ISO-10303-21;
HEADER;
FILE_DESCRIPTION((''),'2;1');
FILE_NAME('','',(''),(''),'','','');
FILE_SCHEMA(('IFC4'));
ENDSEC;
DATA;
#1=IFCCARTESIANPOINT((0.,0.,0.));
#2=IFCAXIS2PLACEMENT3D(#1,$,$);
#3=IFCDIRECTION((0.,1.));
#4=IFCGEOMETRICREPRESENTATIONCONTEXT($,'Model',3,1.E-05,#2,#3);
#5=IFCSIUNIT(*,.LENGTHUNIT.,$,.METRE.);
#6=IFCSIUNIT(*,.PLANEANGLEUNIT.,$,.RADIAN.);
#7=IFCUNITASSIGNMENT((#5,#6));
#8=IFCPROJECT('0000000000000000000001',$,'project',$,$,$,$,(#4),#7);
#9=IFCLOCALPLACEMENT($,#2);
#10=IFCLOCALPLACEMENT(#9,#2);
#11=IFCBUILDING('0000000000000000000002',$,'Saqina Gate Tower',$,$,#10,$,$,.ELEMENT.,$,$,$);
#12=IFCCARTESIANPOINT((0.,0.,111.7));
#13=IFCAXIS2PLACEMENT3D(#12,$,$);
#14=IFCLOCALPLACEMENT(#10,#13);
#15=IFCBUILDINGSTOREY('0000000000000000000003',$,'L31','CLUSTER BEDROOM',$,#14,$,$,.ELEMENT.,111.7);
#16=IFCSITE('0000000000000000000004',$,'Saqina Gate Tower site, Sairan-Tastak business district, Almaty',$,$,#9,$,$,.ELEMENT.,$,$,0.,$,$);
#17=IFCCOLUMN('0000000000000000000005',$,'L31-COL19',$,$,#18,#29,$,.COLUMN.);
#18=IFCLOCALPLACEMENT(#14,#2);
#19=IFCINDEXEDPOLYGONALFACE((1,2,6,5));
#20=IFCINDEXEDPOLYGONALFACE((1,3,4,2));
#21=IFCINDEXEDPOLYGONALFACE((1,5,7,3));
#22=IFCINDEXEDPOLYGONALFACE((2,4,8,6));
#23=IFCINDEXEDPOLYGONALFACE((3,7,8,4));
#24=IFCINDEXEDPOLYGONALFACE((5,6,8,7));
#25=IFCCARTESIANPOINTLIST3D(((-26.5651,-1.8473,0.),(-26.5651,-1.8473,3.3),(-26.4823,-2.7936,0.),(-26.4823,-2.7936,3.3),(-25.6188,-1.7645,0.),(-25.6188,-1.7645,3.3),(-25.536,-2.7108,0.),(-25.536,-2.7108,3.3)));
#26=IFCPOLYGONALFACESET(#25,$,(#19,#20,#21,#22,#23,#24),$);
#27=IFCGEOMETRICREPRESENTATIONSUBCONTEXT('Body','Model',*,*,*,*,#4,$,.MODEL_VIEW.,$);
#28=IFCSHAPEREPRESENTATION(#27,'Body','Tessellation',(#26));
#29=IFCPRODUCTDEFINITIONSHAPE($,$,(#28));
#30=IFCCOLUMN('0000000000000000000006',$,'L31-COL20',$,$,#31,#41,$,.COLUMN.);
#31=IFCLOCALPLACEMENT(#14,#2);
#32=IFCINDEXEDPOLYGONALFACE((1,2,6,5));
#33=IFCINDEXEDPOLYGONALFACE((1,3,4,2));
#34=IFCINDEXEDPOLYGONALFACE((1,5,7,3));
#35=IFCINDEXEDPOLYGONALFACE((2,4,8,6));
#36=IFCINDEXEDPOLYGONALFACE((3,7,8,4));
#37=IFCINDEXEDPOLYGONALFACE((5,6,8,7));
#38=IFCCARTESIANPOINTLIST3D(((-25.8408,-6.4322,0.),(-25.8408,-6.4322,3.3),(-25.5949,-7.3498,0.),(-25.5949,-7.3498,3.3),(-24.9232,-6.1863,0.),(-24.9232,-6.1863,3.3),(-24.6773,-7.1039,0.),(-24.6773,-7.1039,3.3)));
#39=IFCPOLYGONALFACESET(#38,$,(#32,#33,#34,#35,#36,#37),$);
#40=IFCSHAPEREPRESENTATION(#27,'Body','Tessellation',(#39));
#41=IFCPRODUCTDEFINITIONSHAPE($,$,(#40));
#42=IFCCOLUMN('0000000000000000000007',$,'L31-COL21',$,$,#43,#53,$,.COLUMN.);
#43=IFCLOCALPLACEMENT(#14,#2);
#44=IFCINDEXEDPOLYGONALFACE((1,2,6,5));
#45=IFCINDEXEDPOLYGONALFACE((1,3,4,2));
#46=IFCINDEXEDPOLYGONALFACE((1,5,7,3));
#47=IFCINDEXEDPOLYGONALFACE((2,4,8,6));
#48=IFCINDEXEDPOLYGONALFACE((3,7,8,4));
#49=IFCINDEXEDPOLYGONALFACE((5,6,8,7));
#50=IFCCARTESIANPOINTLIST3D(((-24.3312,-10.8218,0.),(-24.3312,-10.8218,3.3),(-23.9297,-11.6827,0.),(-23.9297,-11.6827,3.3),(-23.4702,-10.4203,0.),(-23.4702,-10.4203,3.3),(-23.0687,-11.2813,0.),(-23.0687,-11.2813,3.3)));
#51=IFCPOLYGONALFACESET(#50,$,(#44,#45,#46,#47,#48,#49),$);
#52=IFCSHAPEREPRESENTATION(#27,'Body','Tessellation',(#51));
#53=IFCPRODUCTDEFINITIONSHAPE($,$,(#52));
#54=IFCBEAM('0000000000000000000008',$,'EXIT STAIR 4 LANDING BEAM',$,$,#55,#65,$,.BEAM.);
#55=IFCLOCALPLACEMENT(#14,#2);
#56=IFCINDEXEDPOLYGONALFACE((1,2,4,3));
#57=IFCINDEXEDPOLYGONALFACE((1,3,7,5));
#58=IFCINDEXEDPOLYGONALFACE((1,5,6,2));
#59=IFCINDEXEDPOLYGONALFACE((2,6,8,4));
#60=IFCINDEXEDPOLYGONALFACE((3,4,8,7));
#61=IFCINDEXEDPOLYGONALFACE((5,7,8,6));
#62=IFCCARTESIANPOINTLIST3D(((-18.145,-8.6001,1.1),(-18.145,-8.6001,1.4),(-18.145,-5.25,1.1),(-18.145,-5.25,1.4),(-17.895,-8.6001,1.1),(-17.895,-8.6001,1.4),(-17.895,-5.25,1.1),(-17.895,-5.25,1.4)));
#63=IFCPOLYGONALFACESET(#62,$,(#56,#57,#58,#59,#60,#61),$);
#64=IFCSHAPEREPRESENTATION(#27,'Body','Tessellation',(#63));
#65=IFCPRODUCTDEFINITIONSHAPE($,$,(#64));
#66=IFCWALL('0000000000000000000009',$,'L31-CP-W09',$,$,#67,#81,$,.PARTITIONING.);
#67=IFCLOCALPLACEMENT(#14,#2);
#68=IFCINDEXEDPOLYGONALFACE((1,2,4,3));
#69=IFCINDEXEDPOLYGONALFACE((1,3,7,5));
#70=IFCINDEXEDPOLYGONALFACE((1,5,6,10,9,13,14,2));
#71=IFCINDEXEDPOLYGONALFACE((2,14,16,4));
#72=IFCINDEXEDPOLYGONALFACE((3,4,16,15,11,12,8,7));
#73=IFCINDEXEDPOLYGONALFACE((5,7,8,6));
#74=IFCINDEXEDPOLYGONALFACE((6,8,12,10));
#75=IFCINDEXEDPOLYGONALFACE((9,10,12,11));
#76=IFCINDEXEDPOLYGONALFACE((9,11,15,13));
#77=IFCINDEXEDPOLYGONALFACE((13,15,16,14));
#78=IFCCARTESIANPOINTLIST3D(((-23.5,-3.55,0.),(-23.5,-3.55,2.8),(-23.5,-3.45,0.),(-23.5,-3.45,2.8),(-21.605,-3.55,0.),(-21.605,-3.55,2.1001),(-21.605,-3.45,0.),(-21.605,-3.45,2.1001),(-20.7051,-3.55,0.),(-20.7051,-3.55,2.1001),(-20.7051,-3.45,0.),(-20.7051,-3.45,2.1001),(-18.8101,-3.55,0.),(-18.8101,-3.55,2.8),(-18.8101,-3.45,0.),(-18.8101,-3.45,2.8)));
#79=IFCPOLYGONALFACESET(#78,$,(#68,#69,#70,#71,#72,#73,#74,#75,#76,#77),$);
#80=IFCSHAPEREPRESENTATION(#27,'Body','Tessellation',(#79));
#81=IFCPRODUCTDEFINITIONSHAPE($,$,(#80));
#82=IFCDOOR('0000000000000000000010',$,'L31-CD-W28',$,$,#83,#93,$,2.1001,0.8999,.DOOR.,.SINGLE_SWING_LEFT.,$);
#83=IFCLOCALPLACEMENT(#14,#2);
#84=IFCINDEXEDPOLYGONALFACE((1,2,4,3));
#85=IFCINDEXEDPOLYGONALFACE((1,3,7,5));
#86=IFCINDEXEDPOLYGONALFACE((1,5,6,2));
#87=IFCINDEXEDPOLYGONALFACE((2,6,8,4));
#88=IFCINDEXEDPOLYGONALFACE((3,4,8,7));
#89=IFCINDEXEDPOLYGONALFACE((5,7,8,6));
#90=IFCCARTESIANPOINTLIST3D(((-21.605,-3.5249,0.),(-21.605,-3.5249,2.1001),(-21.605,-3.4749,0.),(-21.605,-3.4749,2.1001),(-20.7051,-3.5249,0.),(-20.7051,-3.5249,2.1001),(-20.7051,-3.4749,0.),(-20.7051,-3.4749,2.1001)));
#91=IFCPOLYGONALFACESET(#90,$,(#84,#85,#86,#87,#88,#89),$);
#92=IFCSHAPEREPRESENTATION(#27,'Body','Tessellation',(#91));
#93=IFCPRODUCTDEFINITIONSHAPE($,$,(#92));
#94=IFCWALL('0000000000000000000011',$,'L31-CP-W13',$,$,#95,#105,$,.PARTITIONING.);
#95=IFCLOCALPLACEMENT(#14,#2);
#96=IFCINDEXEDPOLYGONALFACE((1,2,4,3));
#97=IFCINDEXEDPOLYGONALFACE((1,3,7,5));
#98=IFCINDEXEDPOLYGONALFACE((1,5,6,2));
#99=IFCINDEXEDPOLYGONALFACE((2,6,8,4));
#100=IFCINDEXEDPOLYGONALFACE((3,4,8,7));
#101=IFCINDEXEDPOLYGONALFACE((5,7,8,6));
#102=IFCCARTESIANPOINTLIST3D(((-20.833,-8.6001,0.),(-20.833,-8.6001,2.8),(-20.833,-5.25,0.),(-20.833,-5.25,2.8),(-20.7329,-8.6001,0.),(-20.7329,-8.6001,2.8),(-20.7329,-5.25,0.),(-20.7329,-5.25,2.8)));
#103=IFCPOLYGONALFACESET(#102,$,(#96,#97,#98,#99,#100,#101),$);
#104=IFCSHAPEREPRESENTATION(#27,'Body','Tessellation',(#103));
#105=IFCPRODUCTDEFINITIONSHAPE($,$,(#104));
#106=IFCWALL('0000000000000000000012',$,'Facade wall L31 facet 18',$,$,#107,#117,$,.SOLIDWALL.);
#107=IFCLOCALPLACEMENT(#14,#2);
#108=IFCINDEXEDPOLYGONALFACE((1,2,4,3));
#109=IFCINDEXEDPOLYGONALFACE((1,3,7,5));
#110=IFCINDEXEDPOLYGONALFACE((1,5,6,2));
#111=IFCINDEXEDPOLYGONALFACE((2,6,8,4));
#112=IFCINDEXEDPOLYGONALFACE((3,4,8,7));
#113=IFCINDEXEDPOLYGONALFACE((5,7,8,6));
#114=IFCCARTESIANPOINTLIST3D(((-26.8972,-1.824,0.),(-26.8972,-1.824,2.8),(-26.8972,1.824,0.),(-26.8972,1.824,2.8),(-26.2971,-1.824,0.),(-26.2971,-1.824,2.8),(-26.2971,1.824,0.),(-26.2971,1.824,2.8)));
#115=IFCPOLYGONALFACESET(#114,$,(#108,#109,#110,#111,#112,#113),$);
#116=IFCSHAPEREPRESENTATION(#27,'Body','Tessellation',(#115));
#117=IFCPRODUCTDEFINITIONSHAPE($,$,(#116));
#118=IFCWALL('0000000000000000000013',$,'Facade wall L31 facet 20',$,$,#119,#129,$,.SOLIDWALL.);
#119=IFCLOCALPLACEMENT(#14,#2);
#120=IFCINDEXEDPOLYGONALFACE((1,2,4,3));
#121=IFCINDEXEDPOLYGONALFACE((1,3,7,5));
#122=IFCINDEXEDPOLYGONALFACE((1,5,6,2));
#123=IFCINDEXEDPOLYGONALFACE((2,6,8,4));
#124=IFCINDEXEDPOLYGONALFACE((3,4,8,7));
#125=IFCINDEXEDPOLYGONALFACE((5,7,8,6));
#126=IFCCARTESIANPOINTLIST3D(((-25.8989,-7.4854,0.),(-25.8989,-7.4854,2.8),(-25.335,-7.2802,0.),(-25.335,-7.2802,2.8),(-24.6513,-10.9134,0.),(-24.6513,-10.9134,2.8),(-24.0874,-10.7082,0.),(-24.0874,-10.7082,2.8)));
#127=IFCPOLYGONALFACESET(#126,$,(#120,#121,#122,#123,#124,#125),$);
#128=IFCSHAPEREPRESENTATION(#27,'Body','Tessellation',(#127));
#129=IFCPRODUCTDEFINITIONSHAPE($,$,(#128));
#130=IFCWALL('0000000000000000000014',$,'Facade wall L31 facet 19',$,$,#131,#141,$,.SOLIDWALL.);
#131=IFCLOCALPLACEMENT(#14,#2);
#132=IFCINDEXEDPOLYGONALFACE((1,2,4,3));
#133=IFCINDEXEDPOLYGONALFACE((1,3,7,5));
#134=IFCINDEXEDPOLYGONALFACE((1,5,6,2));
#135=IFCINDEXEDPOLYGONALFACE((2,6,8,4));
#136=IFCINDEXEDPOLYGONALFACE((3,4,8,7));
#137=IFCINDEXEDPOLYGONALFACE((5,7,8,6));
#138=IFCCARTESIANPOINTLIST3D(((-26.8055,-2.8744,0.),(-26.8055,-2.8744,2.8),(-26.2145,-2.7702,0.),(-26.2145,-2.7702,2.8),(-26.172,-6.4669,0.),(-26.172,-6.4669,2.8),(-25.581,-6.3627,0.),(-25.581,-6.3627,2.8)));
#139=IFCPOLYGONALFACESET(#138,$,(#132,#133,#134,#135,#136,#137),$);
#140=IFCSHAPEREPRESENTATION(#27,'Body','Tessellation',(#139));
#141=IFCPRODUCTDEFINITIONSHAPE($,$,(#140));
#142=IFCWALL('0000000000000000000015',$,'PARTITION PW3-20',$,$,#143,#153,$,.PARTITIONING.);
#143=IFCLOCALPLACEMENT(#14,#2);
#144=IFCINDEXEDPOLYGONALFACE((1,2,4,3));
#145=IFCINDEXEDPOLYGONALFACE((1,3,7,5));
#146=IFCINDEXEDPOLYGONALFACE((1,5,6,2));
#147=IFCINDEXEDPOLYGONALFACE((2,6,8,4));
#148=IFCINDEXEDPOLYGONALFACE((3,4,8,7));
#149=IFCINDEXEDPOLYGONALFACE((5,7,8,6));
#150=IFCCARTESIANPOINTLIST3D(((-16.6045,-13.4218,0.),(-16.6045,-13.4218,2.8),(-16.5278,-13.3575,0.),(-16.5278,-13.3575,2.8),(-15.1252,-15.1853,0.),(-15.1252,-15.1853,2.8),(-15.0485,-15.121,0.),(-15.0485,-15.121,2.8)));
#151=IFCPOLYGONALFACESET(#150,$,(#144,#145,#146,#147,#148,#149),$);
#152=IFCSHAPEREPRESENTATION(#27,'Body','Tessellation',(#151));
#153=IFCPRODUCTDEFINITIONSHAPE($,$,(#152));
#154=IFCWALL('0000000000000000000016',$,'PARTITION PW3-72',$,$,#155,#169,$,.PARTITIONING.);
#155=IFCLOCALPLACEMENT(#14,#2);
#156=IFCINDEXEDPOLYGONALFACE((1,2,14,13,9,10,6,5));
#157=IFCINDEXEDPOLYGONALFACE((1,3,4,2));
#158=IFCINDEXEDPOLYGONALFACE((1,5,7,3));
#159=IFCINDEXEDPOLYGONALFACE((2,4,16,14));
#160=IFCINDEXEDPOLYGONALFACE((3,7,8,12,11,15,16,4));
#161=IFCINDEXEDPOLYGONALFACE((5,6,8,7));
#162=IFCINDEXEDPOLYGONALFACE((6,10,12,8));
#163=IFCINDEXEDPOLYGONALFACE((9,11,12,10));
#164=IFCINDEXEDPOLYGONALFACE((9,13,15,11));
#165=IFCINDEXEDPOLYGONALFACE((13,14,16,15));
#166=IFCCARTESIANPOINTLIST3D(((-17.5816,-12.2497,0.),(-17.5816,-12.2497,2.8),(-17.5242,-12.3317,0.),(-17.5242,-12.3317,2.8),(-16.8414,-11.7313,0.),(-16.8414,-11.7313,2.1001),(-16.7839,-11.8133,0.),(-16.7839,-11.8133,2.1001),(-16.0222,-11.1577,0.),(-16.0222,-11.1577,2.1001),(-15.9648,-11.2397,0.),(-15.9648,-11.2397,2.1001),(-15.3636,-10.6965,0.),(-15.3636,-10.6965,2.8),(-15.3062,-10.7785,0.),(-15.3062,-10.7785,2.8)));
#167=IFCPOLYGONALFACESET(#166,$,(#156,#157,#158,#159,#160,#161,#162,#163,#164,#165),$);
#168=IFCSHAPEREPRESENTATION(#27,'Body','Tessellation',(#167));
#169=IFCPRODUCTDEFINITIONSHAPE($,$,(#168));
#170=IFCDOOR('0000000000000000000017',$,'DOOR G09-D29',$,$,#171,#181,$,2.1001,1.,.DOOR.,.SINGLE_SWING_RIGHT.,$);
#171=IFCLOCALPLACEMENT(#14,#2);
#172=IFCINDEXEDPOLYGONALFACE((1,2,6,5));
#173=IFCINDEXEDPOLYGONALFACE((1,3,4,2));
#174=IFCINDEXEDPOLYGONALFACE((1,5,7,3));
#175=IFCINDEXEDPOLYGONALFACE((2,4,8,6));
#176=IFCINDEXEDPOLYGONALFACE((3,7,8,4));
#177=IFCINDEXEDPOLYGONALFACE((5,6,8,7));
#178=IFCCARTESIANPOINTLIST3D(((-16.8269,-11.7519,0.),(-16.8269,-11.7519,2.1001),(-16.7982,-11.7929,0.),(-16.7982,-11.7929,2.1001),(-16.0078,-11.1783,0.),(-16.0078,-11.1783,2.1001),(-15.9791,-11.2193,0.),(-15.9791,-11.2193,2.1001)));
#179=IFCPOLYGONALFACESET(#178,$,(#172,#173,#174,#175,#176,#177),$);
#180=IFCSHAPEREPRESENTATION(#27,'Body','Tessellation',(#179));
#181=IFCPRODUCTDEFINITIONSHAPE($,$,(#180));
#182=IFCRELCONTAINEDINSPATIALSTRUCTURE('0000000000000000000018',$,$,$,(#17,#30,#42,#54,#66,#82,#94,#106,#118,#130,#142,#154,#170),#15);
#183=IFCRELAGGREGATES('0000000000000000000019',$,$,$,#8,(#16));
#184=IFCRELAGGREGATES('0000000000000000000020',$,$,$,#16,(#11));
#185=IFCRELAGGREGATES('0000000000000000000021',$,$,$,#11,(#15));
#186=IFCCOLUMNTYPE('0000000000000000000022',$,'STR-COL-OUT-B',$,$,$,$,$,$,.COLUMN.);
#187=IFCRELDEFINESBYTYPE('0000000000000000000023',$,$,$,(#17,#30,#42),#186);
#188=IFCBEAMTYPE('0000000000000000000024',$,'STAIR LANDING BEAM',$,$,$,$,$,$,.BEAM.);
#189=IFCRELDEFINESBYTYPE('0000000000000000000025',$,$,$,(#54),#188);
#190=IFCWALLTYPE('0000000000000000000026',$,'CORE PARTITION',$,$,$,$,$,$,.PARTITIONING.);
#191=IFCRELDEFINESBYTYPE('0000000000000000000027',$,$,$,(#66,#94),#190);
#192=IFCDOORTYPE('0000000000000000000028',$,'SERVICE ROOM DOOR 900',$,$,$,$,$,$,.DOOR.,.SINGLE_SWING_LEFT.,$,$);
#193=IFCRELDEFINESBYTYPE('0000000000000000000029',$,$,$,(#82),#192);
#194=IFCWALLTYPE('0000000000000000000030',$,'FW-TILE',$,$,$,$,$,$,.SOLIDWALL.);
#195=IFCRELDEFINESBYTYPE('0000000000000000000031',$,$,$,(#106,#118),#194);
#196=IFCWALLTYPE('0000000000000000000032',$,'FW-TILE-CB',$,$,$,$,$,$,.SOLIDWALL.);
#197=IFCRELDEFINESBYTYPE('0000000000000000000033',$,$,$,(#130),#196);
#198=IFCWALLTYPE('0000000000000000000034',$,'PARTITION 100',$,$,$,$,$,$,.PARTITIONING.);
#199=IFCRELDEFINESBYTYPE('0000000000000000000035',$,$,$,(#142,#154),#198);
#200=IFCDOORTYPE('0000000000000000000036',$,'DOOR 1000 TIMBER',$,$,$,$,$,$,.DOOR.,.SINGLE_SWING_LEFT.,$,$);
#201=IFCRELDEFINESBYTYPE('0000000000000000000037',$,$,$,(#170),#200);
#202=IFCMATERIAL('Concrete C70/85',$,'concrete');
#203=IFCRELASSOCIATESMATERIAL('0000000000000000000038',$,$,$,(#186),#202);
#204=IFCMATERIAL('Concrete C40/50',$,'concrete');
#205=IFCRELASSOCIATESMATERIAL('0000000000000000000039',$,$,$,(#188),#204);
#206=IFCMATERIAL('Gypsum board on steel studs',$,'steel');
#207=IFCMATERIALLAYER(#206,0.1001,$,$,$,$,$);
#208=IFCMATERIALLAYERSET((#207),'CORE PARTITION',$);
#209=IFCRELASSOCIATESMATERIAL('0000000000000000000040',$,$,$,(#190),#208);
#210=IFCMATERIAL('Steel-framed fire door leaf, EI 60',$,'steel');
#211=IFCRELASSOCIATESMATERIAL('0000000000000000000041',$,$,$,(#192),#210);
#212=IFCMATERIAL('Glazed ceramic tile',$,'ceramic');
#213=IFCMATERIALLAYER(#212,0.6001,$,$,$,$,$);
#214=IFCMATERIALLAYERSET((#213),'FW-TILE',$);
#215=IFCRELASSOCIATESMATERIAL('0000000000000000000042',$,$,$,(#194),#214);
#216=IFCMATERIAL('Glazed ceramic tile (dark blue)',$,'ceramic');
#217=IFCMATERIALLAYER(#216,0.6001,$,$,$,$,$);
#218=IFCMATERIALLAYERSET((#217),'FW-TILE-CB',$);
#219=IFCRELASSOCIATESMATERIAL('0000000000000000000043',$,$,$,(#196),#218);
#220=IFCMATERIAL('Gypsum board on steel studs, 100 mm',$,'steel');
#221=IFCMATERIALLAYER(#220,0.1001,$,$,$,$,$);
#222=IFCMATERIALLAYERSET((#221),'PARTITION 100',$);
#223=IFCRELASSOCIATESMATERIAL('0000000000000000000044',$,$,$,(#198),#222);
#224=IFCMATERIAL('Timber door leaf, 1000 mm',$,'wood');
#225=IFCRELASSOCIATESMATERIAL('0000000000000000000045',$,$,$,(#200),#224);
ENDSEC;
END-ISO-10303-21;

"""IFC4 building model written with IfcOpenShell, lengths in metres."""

from ifc_helpers import new_model, si_unit, direction, frame, frame_2d, origin, origin_2d, place, context, subcontext, project, spatial, rectangle, extrude, material, layer, layer_set, material_profile, profile_set, type_object, element, fill, save


model = new_model("IFC4")

# Units and contexts
model_context = context("Model", 3, precision=1e-05, world=origin(), true_north=direction((0.0, 1.0)))
body_context = subcontext(model_context, "Body", "Model", "MODEL_VIEW")
ifc_project = project(units=[si_unit("LENGTHUNIT", "METRE"), si_unit("PLANEANGLEUNIT", "RADIAN")], contexts=[model_context])

# Site, building, storey
site_placement = place(None, origin())
site = spatial("IfcSite", under=ifc_project, at=site_placement, Name="Saqina Gate Tower site, Sairan-Tastak business district, Almaty", CompositionType="ELEMENT", RefElevation=0.0)
building_placement = place(site_placement, origin())
building = spatial("IfcBuilding", under=site, at=building_placement, Name="Saqina Gate Tower", CompositionType="ELEMENT")
storey_placement = place(building_placement, frame((0.0, 0.0, 111.7)))
storey = spatial("IfcBuildingStorey", under=building, at=storey_placement, Name="L31", Description="CLUSTER BEDROOM", CompositionType="ELEMENT", Elevation=111.7)

# Columns
ifc_material_1 = material(Name="Concrete C70/85", Category="concrete")
ifc_material_profile_1 = material_profile(ifc_material_1, rectangle(XDim=0.95, YDim=0.95, at=origin_2d()), Name="RC 950x950")
ifc_profile_set_1 = profile_set([ifc_material_profile_1], Name="Concrete C70/85")
column_type = type_object("IfcColumnType", Name="STR-COL-OUT-B", PredefinedType="COLUMN", material=ifc_profile_set_1)
for number, where, z_axis, x_axis, name in (
    (1, (-26.0505, -2.2791, 0.0), (0.0, 0.0, 1.0), (-0.996195, -0.087156, 0.0), "L31-COL19"),
    (2, (-25.259, -6.7681, 0.0), (0.0, 0.0, 1.0), (-0.965926, -0.258819, 0.0), "L31-COL20"),
    (3, (-23.7, -11.0515, 0.0), (0.0, 0.0, 1.0), (-0.906308, -0.422618, 0.0), "L31-COL21"),
):
    element("IfcColumn", number, at=place(storey_placement, frame(where, z_axis=z_axis, x_axis=x_axis)), inside=storey, type_object=column_type, Name=name, PredefinedType="COLUMN", context=body_context, shape_type="SweptSolid", body=[
        extrude(rectangle(XDim=0.95, YDim=0.95, at=origin_2d()), origin(), (0.0, 0.0, 1.0), 3.3),
    ])

# Beam
ifc_material_2 = material(Name="Concrete C40/50", Category="concrete")
ifc_material_profile_2 = material_profile(ifc_material_2, rectangle(XDim=0.25, YDim=0.3, at=origin_2d()), Name="STAIR LANDING BEAM")
ifc_profile_set_2 = profile_set([ifc_material_profile_2], Name="Concrete C40/50")
beam_type = type_object("IfcBeamType", Name="STAIR LANDING BEAM", PredefinedType="BEAM", material=ifc_profile_set_2)
beam_placement = place(storey_placement, frame((-18.02, -8.6001, 1.25), z_axis=(0.0, 1.0, 0.0), x_axis=(-1.0, 0.0, 0.0)))
element("IfcBeam", 4, at=beam_placement, inside=storey, type_object=beam_type, Name="EXIT STAIR 4 LANDING BEAM", PredefinedType="BEAM", context=body_context, shape_type="SweptSolid", body=[
    extrude(rectangle(XDim=0.25, YDim=0.3, at=origin_2d()), origin(), (0.0, 0.0, 1.0), 3.3501),
])

# Wall, opening, door
ifc_material_3 = material(Name="Gypsum board on steel studs", Category="steel")
ifc_layer_1 = layer(ifc_material_3, 0.1001)
ifc_layer_set_1 = layer_set([ifc_layer_1], Name="CORE PARTITION")
wall_type_1 = type_object("IfcWallType", Name="CORE PARTITION", PredefinedType="PARTITIONING", material=ifc_layer_set_1)
wall_1_placement = place(storey_placement, frame((-18.8101, -3.5, 0.0), z_axis=(0.0, 0.0, 1.0), x_axis=(-1.0, 0.0, 0.0)))
wall_1 = element("IfcWall", 5, at=wall_1_placement, inside=storey, type_object=wall_type_1, Name="L31-CP-W09", PredefinedType="PARTITIONING", context=body_context, shape_type="SweptSolid", body=[
    extrude(rectangle(XDim=4.6899, YDim=0.1001, at=frame_2d((2.345, 0.0))), origin(), (0.0, 0.0, 1.0), 2.8),
])
opening_1_placement = place(wall_1_placement, frame((1.895, 0.0, 0.0)))
opening_1 = element("IfcOpeningElement", 6, at=opening_1_placement, cuts=wall_1, PredefinedType="OPENING", context=body_context, shape_type="SweptSolid", body=[
    extrude(rectangle(XDim=0.8999, YDim=2.1001, at=frame_2d((0.45, 1.05))), frame((0.0, 0.062, 0.0), z_axis=(0.0, -1.0, 0.0), x_axis=(1.0, 0.0, 0.0)), (0.0, 0.0, 1.0), 0.124),
])
ifc_material_4 = material(Name="Steel-framed fire door leaf, EI 60", Category="steel")
door_type_1 = type_object("IfcDoorType", Name="SERVICE ROOM DOOR 900", OperationType="SINGLE_SWING_LEFT", PredefinedType="DOOR", material=ifc_material_4)
door_1_placement = place(opening_1_placement, origin())
door_1 = element("IfcDoor", 7, at=door_1_placement, inside=storey, type_object=door_type_1, Name="L31-CD-W28", OperationType="SINGLE_SWING_LEFT", OverallHeight=2.1001, OverallWidth=0.8999, PredefinedType="DOOR", context=body_context, shape_type="SweptSolid", body=[
    extrude(rectangle(XDim=0.8999, YDim=2.1001, at=frame_2d((0.45, 1.05))), frame((0.0, 0.0249, 0.0), z_axis=(0.0, -1.0, 0.0), x_axis=(1.0, 0.0, 0.0)), (0.0, 0.0, 1.0), 0.05),
])
fill(opening_1, door_1)

# Wall
wall_2_placement = place(storey_placement, frame((-20.783, -8.6001, 0.0), z_axis=(0.0, 0.0, 1.0), x_axis=(0.0, 1.0, 0.0)))
element("IfcWall", 8, at=wall_2_placement, inside=storey, type_object=wall_type_1, Name="L31-CP-W13", PredefinedType="PARTITIONING", context=body_context, shape_type="SweptSolid", body=[
    extrude(rectangle(XDim=3.3501, YDim=0.1001, at=frame_2d((1.675, 0.0))), origin(), (0.0, 0.0, 1.0), 2.8),
])

# Walls
ifc_material_5 = material(Name="Glazed ceramic tile", Category="ceramic")
ifc_layer_2 = layer(ifc_material_5, 0.6001)
ifc_layer_set_2 = layer_set([ifc_layer_2], Name="FW-TILE")
wall_type_2 = type_object("IfcWallType", Name="FW-TILE", PredefinedType="SOLIDWALL", material=ifc_layer_set_2)
for number, where, z_axis, x_axis, name in (
    (9, (-26.5972, 1.824, 0.0), (0.0, 0.0, 1.0), (0.0, -1.0, 0.0), "Facade wall L31 facet 18"),
    (10, (-25.6169, -7.3828, 0.0), (0.0, 0.0, 1.0), (0.34199, -0.939704, 0.0), "Facade wall L31 facet 20"),
):
    element("IfcWall", number, at=place(storey_placement, frame(where, z_axis=z_axis, x_axis=x_axis)), inside=storey, type_object=wall_type_2, Name=name, PredefinedType="SOLIDWALL", context=body_context, shape_type="SweptSolid", body=[
        extrude(rectangle(XDim=3.6479, YDim=0.6001, at=frame_2d((1.824, 0.0))), origin(), (0.0, 0.0, 1.0), 2.8),
    ])
ifc_material_6 = material(Name="Glazed ceramic tile (dark blue)", Category="ceramic")
ifc_layer_3 = layer(ifc_material_6, 0.6001)
ifc_layer_set_3 = layer_set([ifc_layer_3], Name="FW-TILE-CB")
wall_type_3 = type_object("IfcWallType", Name="FW-TILE-CB", PredefinedType="SOLIDWALL", material=ifc_layer_set_3)
wall_3_placement = place(storey_placement, frame((-26.51, -2.8223, 0.0), z_axis=(0.0, 0.0, 1.0), x_axis=(0.173671, -0.984804, 0.0)))
element("IfcWall", 11, at=wall_3_placement, inside=storey, type_object=wall_type_3, Name="Facade wall L31 facet 19", PredefinedType="SOLIDWALL", context=body_context, shape_type="SweptSolid", body=[
    extrude(rectangle(XDim=3.6479, YDim=0.6001, at=frame_2d((1.824, 0.0))), origin(), (0.0, 0.0, 1.0), 2.8),
])
ifc_material_7 = material(Name="Gypsum board on steel studs, 100 mm", Category="steel")
ifc_layer_4 = layer(ifc_material_7, 0.1001)
ifc_layer_set_4 = layer_set([ifc_layer_4], Name="PARTITION 100")
wall_type_4 = type_object("IfcWallType", Name="PARTITION 100", PredefinedType="PARTITIONING", material=ifc_layer_set_4)
wall_4_placement = place(storey_placement, frame((-16.5662, -13.3896, 0.0), z_axis=(0.0, 0.0, 1.0), x_axis=(0.642675, -0.766139, 0.0)))
element("IfcWall", 12, at=wall_4_placement, inside=storey, type_object=wall_type_4, Name="PARTITION PW3-20", PredefinedType="PARTITIONING", context=body_context, shape_type="SweptSolid", body=[
    extrude(rectangle(XDim=2.3018, YDim=0.1001, at=frame_2d((1.1509, 0.0))), origin(), (0.0, 0.0, 1.0), 2.8),
])

# Wall, opening, door
wall_5_placement = place(storey_placement, frame((-17.553, -12.2908, 0.0), z_axis=(0.0, 0.0, 1.0), x_axis=(0.819126, 0.573614, 0.0)))
wall_5 = element("IfcWall", 13, at=wall_5_placement, inside=storey, type_object=wall_type_4, Name="PARTITION PW3-72", PredefinedType="PARTITIONING", context=body_context, shape_type="SweptSolid", body=[
    extrude(rectangle(XDim=2.7078, YDim=0.1001, at=frame_2d((1.354, 0.0))), origin(), (0.0, 0.0, 1.0), 2.8),
])
opening_2_placement = place(wall_5_placement, frame((0.9038, 0.0, 0.0)))
opening_2 = element("IfcOpeningElement", 14, at=opening_2_placement, cuts=wall_5, PredefinedType="OPENING", context=body_context, shape_type="SweptSolid", body=[
    extrude(rectangle(XDim=1.0, YDim=2.1001, at=frame_2d((0.5, 1.05))), frame((0.0, 0.062, 0.0), z_axis=(0.0, -1.0, 0.0), x_axis=(1.0, 0.0, 0.0)), (0.0, 0.0, 1.0), 0.124),
])
ifc_material_8 = material(Name="Timber door leaf, 1000 mm", Category="wood")
door_type_2 = type_object("IfcDoorType", Name="DOOR 1000 TIMBER", OperationType="SINGLE_SWING_LEFT", PredefinedType="DOOR", material=ifc_material_8)
door_2_placement = place(opening_2_placement, origin())
door_2 = element("IfcDoor", 15, at=door_2_placement, inside=storey, type_object=door_type_2, Name="DOOR G09-D29", OperationType="SINGLE_SWING_RIGHT", OverallHeight=2.1001, OverallWidth=1.0, PredefinedType="DOOR", context=body_context, shape_type="SweptSolid", body=[
    extrude(rectangle(XDim=1.0, YDim=2.1001, at=frame_2d((0.5, 1.05))), frame((0.0, 0.0249, 0.0), z_axis=(0.0, -1.0, 0.0), x_axis=(1.0, 0.0, 0.0)), (0.0, 0.0, 1.0), 0.05),
])
fill(opening_2, door_2)

save(model, "model.ifc")
